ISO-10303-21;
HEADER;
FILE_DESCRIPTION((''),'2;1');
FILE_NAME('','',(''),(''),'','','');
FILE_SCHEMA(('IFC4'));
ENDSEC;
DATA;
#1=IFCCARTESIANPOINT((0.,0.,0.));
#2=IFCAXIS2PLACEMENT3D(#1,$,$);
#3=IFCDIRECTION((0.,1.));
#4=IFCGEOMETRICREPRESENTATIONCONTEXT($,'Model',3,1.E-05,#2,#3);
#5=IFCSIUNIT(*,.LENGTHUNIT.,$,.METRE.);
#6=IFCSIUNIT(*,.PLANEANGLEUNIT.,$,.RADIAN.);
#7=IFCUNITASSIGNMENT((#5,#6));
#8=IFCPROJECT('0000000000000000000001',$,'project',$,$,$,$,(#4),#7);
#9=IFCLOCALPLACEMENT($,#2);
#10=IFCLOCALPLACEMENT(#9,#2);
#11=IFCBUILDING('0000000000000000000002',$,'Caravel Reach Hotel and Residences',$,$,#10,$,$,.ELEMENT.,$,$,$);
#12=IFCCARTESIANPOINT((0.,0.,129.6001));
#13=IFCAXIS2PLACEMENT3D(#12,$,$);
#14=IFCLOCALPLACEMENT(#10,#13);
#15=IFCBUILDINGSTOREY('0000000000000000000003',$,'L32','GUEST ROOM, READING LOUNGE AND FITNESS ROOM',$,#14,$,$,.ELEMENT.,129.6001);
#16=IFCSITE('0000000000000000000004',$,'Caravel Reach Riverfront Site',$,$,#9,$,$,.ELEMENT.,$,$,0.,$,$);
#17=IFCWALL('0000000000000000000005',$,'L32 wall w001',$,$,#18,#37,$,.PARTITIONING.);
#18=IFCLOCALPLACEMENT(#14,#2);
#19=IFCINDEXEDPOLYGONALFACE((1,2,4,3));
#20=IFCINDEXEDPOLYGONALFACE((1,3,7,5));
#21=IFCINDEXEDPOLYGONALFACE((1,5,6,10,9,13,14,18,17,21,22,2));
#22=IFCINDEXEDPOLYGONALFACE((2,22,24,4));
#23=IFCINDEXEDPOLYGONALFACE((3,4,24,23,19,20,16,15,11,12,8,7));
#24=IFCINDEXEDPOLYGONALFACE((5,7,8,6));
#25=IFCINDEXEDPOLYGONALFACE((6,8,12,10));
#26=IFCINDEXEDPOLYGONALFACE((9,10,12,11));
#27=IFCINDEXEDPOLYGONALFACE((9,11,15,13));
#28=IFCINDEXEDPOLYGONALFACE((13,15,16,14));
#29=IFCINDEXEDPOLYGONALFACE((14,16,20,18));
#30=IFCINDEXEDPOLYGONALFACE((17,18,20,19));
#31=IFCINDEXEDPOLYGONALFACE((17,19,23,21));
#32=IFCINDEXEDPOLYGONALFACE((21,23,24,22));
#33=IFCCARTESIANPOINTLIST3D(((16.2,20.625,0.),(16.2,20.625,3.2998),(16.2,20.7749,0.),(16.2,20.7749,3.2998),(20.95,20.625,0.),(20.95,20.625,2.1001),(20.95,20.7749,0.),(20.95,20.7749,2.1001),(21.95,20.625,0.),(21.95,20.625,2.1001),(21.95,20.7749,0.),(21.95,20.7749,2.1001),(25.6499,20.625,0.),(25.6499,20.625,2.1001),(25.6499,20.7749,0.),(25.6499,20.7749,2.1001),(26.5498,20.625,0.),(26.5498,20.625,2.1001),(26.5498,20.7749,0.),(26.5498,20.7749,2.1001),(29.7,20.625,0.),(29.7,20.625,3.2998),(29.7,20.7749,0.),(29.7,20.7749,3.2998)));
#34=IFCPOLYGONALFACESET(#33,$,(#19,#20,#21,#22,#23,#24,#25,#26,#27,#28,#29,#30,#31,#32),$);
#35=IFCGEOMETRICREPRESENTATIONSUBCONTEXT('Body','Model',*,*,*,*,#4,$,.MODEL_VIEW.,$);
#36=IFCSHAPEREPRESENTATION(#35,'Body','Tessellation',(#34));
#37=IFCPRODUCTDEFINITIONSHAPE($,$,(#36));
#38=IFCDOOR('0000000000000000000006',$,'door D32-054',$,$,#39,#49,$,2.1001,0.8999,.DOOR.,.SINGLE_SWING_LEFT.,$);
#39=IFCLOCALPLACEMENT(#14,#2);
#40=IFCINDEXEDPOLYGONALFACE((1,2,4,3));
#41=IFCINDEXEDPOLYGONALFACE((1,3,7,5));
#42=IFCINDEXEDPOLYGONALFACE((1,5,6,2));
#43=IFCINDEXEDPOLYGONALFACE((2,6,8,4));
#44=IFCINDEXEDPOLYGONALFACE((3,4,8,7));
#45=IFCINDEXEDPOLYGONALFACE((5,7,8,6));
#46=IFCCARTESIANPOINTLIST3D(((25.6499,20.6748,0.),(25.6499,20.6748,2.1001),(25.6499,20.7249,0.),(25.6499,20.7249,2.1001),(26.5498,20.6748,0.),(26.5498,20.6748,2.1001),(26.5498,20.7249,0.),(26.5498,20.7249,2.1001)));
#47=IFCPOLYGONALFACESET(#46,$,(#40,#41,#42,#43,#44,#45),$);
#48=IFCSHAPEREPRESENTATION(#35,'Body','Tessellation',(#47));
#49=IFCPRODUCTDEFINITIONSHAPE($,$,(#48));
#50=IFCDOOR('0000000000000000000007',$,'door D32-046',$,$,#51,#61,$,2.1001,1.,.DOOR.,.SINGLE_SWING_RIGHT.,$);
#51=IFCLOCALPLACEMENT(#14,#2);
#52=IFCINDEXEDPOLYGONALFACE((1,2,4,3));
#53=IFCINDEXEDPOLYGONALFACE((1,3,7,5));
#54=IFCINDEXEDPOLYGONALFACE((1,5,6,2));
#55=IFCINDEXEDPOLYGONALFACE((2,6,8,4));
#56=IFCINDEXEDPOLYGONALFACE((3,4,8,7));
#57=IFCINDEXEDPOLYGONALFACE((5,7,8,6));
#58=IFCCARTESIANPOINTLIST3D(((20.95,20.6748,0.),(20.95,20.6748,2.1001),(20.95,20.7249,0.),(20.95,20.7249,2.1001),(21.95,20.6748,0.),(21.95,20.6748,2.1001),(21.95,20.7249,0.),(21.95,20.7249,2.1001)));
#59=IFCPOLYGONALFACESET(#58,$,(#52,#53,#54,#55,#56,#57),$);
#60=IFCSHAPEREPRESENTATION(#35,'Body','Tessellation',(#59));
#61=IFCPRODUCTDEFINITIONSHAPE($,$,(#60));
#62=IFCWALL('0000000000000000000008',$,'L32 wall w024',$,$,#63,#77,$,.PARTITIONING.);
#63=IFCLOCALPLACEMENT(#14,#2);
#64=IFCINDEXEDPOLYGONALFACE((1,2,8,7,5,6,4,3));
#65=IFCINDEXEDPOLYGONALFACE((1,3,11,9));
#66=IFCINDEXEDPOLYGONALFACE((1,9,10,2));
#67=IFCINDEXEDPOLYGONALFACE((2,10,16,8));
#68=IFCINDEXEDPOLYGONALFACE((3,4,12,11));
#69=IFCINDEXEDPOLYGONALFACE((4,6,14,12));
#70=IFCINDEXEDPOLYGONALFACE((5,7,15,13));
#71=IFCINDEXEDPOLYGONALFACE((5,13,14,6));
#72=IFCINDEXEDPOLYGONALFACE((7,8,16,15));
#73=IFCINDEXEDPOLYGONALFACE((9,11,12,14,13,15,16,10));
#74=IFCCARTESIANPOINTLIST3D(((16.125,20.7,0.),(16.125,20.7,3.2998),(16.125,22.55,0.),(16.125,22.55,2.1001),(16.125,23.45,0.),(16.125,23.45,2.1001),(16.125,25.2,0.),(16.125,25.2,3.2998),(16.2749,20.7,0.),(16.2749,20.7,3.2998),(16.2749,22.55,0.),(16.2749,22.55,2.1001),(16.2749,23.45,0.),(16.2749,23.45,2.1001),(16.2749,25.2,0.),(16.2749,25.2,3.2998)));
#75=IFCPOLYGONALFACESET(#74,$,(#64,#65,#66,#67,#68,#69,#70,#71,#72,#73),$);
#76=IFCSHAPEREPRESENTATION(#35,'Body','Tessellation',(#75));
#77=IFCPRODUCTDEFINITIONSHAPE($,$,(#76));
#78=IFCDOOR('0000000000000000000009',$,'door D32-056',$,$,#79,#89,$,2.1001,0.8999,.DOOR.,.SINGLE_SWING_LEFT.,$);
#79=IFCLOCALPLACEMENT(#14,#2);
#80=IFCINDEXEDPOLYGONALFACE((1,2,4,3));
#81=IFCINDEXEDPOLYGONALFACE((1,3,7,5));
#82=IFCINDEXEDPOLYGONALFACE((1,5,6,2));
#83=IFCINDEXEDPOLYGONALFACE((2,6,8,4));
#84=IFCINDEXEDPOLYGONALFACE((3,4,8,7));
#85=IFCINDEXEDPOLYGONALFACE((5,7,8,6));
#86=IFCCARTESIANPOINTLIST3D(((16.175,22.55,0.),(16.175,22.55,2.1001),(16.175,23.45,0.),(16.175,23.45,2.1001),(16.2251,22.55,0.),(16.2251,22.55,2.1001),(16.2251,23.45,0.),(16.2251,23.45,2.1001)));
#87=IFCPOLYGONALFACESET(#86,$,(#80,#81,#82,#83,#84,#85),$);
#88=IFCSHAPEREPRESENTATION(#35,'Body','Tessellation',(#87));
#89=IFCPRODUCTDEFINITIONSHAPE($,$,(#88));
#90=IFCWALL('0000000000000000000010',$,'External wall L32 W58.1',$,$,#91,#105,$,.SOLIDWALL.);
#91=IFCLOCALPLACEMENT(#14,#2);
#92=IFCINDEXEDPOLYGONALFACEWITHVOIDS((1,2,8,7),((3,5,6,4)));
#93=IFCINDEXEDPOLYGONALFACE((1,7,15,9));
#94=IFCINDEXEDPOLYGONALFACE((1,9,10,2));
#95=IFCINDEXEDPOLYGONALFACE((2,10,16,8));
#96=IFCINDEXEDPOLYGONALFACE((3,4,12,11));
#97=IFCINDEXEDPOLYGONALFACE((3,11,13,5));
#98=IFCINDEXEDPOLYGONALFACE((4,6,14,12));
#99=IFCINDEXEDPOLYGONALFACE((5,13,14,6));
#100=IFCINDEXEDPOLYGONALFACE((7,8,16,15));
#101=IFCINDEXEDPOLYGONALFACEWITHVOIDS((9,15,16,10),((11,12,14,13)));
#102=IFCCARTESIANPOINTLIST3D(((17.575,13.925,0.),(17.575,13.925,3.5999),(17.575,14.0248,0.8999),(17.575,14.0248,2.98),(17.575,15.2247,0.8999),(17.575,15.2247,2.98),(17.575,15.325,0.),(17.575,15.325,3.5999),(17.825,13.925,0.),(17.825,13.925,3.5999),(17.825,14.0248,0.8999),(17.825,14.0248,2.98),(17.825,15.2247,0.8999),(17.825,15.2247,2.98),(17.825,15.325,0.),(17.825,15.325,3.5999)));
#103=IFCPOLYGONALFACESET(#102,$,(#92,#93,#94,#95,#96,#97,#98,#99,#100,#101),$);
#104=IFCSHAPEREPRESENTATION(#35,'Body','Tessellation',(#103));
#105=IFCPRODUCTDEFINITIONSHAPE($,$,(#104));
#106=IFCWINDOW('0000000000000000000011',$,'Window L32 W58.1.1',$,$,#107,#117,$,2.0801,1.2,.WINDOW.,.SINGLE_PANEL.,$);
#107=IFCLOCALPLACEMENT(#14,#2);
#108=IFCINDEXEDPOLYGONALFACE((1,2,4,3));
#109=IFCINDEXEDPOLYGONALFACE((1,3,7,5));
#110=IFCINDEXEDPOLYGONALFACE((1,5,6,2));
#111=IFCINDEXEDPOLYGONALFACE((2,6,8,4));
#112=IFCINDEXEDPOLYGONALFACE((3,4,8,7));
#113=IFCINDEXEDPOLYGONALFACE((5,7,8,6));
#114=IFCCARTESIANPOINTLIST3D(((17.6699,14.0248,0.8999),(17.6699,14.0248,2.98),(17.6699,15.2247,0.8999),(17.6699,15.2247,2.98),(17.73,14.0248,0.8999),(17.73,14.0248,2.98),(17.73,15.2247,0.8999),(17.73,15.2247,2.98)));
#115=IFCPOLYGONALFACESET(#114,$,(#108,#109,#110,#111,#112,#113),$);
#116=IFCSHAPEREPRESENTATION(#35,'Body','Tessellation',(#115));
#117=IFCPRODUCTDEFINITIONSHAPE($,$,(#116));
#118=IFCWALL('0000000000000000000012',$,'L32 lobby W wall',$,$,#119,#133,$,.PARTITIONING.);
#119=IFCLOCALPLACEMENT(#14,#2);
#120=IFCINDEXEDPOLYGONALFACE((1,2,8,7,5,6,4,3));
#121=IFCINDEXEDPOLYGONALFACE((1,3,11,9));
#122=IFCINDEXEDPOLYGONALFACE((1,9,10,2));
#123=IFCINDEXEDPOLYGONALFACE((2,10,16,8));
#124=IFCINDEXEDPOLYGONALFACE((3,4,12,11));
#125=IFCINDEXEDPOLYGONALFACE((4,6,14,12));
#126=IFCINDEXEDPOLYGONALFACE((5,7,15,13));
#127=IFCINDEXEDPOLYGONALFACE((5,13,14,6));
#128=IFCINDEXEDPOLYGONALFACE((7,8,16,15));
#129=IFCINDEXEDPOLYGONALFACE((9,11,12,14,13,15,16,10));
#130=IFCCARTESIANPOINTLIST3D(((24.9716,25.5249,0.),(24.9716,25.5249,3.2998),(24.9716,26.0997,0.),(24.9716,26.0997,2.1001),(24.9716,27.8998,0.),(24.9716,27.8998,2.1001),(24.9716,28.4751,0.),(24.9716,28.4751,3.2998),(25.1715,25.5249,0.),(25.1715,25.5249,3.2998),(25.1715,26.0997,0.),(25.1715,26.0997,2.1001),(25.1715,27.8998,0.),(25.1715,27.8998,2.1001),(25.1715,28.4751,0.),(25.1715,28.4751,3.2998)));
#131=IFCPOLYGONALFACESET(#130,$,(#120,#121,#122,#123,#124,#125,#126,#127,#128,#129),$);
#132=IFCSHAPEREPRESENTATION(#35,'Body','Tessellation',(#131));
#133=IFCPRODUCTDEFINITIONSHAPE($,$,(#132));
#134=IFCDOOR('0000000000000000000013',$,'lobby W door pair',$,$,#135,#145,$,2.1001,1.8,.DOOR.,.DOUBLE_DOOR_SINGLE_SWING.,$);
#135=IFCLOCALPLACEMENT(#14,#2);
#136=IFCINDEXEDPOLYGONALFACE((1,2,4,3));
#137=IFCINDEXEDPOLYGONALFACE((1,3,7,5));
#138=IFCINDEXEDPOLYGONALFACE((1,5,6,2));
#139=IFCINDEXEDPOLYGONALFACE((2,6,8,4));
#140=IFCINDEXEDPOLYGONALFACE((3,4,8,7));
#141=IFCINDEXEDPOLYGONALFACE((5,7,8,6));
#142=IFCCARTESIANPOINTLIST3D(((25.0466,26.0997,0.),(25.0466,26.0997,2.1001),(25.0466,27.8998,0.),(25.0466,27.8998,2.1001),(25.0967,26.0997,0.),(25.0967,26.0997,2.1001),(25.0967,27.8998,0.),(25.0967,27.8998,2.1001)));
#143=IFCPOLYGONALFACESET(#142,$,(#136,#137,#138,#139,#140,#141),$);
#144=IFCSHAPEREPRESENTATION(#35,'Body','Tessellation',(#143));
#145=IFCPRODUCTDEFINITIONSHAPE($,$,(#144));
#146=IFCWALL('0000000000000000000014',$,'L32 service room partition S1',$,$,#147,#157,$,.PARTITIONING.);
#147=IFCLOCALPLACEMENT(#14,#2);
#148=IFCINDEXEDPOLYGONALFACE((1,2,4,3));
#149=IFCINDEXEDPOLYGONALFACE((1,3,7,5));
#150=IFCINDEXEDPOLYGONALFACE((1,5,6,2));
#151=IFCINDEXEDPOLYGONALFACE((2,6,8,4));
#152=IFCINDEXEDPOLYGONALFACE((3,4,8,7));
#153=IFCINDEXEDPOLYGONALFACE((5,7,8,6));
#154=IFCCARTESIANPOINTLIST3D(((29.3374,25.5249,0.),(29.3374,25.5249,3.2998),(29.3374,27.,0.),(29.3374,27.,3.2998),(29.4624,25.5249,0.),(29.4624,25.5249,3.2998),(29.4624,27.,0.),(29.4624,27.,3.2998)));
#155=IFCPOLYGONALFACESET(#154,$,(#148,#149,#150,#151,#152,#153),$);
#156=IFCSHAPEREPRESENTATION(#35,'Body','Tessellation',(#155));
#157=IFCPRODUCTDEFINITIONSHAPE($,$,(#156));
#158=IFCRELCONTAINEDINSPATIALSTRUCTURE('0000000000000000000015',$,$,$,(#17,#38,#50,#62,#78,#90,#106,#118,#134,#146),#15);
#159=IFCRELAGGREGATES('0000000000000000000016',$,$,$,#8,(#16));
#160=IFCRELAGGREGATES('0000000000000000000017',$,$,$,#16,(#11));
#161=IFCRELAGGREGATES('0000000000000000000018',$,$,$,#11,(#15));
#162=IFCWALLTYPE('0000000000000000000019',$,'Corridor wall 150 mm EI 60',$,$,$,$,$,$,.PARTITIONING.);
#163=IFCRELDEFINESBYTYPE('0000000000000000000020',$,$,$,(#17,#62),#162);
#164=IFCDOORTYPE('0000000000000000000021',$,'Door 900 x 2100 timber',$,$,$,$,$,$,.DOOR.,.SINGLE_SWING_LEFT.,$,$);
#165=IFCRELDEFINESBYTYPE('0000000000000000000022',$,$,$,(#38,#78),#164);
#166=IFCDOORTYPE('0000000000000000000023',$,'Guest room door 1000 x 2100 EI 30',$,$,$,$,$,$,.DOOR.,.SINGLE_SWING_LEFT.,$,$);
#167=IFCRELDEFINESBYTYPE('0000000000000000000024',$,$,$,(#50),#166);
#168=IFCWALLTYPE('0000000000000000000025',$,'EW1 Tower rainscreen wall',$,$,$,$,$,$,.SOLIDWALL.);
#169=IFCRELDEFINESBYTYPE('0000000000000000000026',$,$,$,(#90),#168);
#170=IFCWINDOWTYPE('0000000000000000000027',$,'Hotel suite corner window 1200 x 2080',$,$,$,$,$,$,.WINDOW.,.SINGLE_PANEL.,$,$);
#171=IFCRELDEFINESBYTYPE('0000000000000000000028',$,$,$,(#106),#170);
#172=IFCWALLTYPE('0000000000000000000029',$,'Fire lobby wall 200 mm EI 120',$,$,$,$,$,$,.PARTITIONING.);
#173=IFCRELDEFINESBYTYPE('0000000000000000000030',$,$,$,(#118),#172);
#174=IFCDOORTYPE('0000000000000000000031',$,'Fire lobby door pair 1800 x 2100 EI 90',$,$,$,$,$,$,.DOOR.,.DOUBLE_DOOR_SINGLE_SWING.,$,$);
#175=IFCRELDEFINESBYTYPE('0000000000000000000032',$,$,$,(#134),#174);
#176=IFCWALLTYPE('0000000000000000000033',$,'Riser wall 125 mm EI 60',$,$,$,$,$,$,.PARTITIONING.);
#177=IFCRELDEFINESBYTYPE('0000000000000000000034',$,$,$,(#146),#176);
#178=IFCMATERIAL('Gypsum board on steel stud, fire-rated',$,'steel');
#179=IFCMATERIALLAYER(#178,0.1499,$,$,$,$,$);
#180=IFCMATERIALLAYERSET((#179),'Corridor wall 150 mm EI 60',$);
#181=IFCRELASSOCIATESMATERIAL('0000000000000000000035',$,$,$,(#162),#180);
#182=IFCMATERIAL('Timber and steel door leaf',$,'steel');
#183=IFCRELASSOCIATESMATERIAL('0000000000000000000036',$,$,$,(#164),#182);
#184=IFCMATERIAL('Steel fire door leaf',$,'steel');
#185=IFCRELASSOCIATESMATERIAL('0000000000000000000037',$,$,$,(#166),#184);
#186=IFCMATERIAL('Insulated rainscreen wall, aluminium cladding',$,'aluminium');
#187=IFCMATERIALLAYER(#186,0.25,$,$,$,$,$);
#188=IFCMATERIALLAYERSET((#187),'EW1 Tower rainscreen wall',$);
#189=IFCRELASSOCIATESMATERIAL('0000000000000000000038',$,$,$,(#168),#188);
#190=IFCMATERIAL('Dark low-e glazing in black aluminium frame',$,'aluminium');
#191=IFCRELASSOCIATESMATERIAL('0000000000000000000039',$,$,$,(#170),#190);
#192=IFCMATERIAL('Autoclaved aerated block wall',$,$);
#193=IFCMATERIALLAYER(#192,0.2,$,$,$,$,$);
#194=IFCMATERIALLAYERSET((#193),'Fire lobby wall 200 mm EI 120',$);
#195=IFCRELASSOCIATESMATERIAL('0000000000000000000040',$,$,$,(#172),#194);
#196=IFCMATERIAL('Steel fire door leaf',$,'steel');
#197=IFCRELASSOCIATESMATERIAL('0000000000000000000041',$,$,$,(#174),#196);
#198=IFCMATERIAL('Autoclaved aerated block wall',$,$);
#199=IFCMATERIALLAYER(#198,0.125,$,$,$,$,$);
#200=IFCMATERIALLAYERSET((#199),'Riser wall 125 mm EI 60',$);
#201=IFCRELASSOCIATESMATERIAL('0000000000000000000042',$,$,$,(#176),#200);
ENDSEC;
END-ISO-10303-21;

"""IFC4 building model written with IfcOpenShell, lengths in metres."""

from ifc_helpers import new_model, si_unit, direction, frame, frame_2d, origin, place, context, subcontext, project, spatial, rectangle, extrude, material, layer, layer_set, type_object, element, fill, save


model = new_model("IFC4")

# Units and contexts
model_context = context("Model", 3, precision=1e-05, world=origin(), true_north=direction((0.0, 1.0)))
body_context = subcontext(model_context, "Body", "Model", "MODEL_VIEW")
ifc_project = project(units=[si_unit("LENGTHUNIT", "METRE"), si_unit("PLANEANGLEUNIT", "RADIAN")], contexts=[model_context])

# Site, building, storey
site_placement = place(None, origin())
site = spatial("IfcSite", under=ifc_project, at=site_placement, Name="Caravel Reach Riverfront Site", CompositionType="ELEMENT", RefElevation=0.0)
building_placement = place(site_placement, origin())
building = spatial("IfcBuilding", under=site, at=building_placement, Name="Caravel Reach Hotel and Residences", CompositionType="ELEMENT")
storey_placement = place(building_placement, frame((0.0, 0.0, 129.6001)))
storey = spatial("IfcBuildingStorey", under=building, at=storey_placement, Name="L32", Description="GUEST ROOM, READING LOUNGE AND FITNESS ROOM", CompositionType="ELEMENT", Elevation=129.6001)

# Wall, openings, doors
ifc_material_1 = material(Name="Gypsum board on steel stud, fire-rated", Category="steel")
ifc_layer_1 = layer(ifc_material_1, 0.1499)
ifc_layer_set_1 = layer_set([ifc_layer_1], Name="Corridor wall 150 mm EI 60")
wall_type_1 = type_object("IfcWallType", Name="Corridor wall 150 mm EI 60", PredefinedType="PARTITIONING", material=ifc_layer_set_1)
wall_1_placement = place(storey_placement, frame((16.2, 20.7, 0.0), z_axis=(0.0, 0.0, 1.0), x_axis=(1.0, 0.0, 0.0)))
wall_1 = element("IfcWall", 1, at=wall_1_placement, inside=storey, type_object=wall_type_1, Name="L32 wall w001", PredefinedType="PARTITIONING", context=body_context, shape_type="SweptSolid", body=[
    extrude(rectangle(XDim=13.5, YDim=0.1499, at=frame_2d((6.75, 0.0))), origin(), (0.0, 0.0, 1.0), 3.2998),
])
opening_1_placement = place(wall_1_placement, frame((4.75, 0.0, 0.0)))
opening_1 = element("IfcOpeningElement", 2, at=opening_1_placement, cuts=wall_1, PredefinedType="OPENING", context=body_context, shape_type="SweptSolid", body=[
    extrude(rectangle(XDim=1.0, YDim=2.1001, at=frame_2d((0.5, 1.05))), frame((0.0, 0.085, 0.0), z_axis=(0.0, -1.0, 0.0), x_axis=(1.0, 0.0, 0.0)), (0.0, 0.0, 1.0), 0.1699),
])
opening_2_placement = place(wall_1_placement, frame((9.45, 0.0, 0.0)))
opening_2 = element("IfcOpeningElement", 3, at=opening_2_placement, cuts=wall_1, PredefinedType="OPENING", context=body_context, shape_type="SweptSolid", body=[
    extrude(rectangle(XDim=0.8999, YDim=2.1001, at=frame_2d((0.45, 1.05))), frame((0.0, 0.085, 0.0), z_axis=(0.0, -1.0, 0.0), x_axis=(1.0, 0.0, 0.0)), (0.0, 0.0, 1.0), 0.1699),
])
ifc_material_2 = material(Name="Timber and steel door leaf", Category="steel")
door_type_1 = type_object("IfcDoorType", Name="Door 900 x 2100 timber", OperationType="SINGLE_SWING_LEFT", PredefinedType="DOOR", material=ifc_material_2)
door_1_placement = place(opening_2_placement, origin())
door_1 = element("IfcDoor", 4, at=door_1_placement, inside=storey, type_object=door_type_1, Name="door D32-054", OperationType="SINGLE_SWING_LEFT", OverallHeight=2.1001, OverallWidth=0.8999, PredefinedType="DOOR", context=body_context, shape_type="SweptSolid", body=[
    extrude(rectangle(XDim=0.8999, YDim=2.1001, at=frame_2d((0.45, 1.05))), frame((0.0, 0.0249, 0.0), z_axis=(0.0, -1.0, 0.0), x_axis=(1.0, 0.0, 0.0)), (0.0, 0.0, 1.0), 0.05),
])
fill(opening_2, door_1)
ifc_material_3 = material(Name="Steel fire door leaf", Category="steel")
door_type_2 = type_object("IfcDoorType", Name="Guest room door 1000 x 2100 EI 30", OperationType="SINGLE_SWING_LEFT", PredefinedType="DOOR", material=ifc_material_3)
door_2_placement = place(opening_1_placement, origin())
door_2 = element("IfcDoor", 5, at=door_2_placement, inside=storey, type_object=door_type_2, Name="door D32-046", OperationType="SINGLE_SWING_RIGHT", OverallHeight=2.1001, OverallWidth=1.0, PredefinedType="DOOR", context=body_context, shape_type="SweptSolid", body=[
    extrude(rectangle(XDim=1.0, YDim=2.1001, at=frame_2d((0.5, 1.05))), frame((0.0, 0.0249, 0.0), z_axis=(0.0, -1.0, 0.0), x_axis=(1.0, 0.0, 0.0)), (0.0, 0.0, 1.0), 0.05),
])
fill(opening_1, door_2)

# Wall, opening, door
wall_2_placement = place(storey_placement, frame((16.2, 20.7, 0.0), z_axis=(0.0, 0.0, 1.0), x_axis=(0.0, 1.0, 0.0)))
wall_2 = element("IfcWall", 6, at=wall_2_placement, inside=storey, type_object=wall_type_1, Name="L32 wall w024", PredefinedType="PARTITIONING", context=body_context, shape_type="SweptSolid", body=[
    extrude(rectangle(XDim=4.5, YDim=0.1499, at=frame_2d((2.25, 0.0))), origin(), (0.0, 0.0, 1.0), 3.2998),
])
opening_3_placement = place(wall_2_placement, frame((1.8501, 0.0, 0.0)))
opening_3 = element("IfcOpeningElement", 7, at=opening_3_placement, cuts=wall_2, PredefinedType="OPENING", context=body_context, shape_type="SweptSolid", body=[
    extrude(rectangle(XDim=0.8999, YDim=2.1001, at=frame_2d((0.45, 1.05))), frame((0.0, 0.085, 0.0), z_axis=(0.0, -1.0, 0.0), x_axis=(1.0, 0.0, 0.0)), (0.0, 0.0, 1.0), 0.1699),
])
door_3_placement = place(opening_3_placement, origin())
door_3 = element("IfcDoor", 8, at=door_3_placement, inside=storey, type_object=door_type_1, Name="door D32-056", OperationType="SINGLE_SWING_LEFT", OverallHeight=2.1001, OverallWidth=0.8999, PredefinedType="DOOR", context=body_context, shape_type="SweptSolid", body=[
    extrude(rectangle(XDim=0.8999, YDim=2.1001, at=frame_2d((0.45, 1.05))), frame((0.0, 0.0249, 0.0), z_axis=(0.0, -1.0, 0.0), x_axis=(1.0, 0.0, 0.0)), (0.0, 0.0, 1.0), 0.05),
])
fill(opening_3, door_3)

# Wall, opening, window
ifc_material_4 = material(Name="Insulated rainscreen wall, aluminium cladding", Category="aluminium")
ifc_layer_2 = layer(ifc_material_4, 0.25)
ifc_layer_set_2 = layer_set([ifc_layer_2], Name="EW1 Tower rainscreen wall")
wall_type_2 = type_object("IfcWallType", Name="EW1 Tower rainscreen wall", PredefinedType="SOLIDWALL", material=ifc_layer_set_2)
wall_3_placement = place(storey_placement, frame((17.7, 15.325, 0.0), z_axis=(0.0, 0.0, 1.0), x_axis=(0.0, -1.0, 0.0)))
wall_3 = element("IfcWall", 9, at=wall_3_placement, inside=storey, type_object=wall_type_2, Name="External wall L32 W58.1", PredefinedType="SOLIDWALL", context=body_context, shape_type="SweptSolid", body=[
    extrude(rectangle(XDim=1.3999, YDim=0.25, at=frame_2d((0.7, 0.0))), origin(), (0.0, 0.0, 1.0), 3.5999),
])
opening_4_placement = place(wall_3_placement, frame((0.1001, 0.0, 0.8999)))
opening_4 = element("IfcOpeningElement", 10, at=opening_4_placement, cuts=wall_3, PredefinedType="OPENING", context=body_context, shape_type="SweptSolid", body=[
    extrude(rectangle(XDim=1.2, YDim=2.0801, at=frame_2d((0.6001, 1.04))), frame((0.0, 0.135, 0.0), z_axis=(0.0, -1.0, 0.0), x_axis=(1.0, 0.0, 0.0)), (0.0, 0.0, 1.0), 0.27),
])
ifc_material_5 = material(Name="Dark low-e glazing in black aluminium frame", Category="aluminium")
window_type = type_object("IfcWindowType", Name="Hotel suite corner window 1200 x 2080", PartitioningType="SINGLE_PANEL", PredefinedType="WINDOW", material=ifc_material_5)
window_placement = place(opening_4_placement, origin())
window = element("IfcWindow", 11, at=window_placement, inside=storey, type_object=window_type, Name="Window L32 W58.1.1", OverallHeight=2.0801, OverallWidth=1.2, PartitioningType="SINGLE_PANEL", PredefinedType="WINDOW", context=body_context, shape_type="SweptSolid", body=[
    extrude(rectangle(XDim=1.2, YDim=2.0801, at=frame_2d((0.6001, 1.04))), frame((0.0, 0.03, 0.0), z_axis=(0.0, -1.0, 0.0), x_axis=(1.0, 0.0, 0.0)), (0.0, 0.0, 1.0), 0.0601),
])
fill(opening_4, window)

# Wall, opening, door
ifc_material_6 = material(Name="Autoclaved aerated block wall")
ifc_layer_3 = layer(ifc_material_6, 0.2)
ifc_layer_set_3 = layer_set([ifc_layer_3], Name="Fire lobby wall 200 mm EI 120")
wall_type_3 = type_object("IfcWallType", Name="Fire lobby wall 200 mm EI 120", PredefinedType="PARTITIONING", material=ifc_layer_set_3)
wall_4_placement = place(storey_placement, frame((25.0715, 25.5249, 0.0), z_axis=(0.0, 0.0, 1.0), x_axis=(0.0, 1.0, 0.0)))
wall_4 = element("IfcWall", 12, at=wall_4_placement, inside=storey, type_object=wall_type_3, Name="L32 lobby W wall", PredefinedType="PARTITIONING", context=body_context, shape_type="SweptSolid", body=[
    extrude(rectangle(XDim=2.9502, YDim=0.2, at=frame_2d((1.4751, 0.0))), origin(), (0.0, 0.0, 1.0), 3.2998),
])
opening_5_placement = place(wall_4_placement, frame((0.575, 0.0, 0.0)))
opening_5 = element("IfcOpeningElement", 13, at=opening_5_placement, cuts=wall_4, PredefinedType="OPENING", context=body_context, shape_type="SweptSolid", body=[
    extrude(rectangle(XDim=1.8, YDim=2.1001, at=frame_2d((0.8999, 1.05))), frame((0.0, 0.1099, 0.0), z_axis=(0.0, -1.0, 0.0), x_axis=(1.0, 0.0, 0.0)), (0.0, 0.0, 1.0), 0.22),
])
ifc_material_7 = material(Name="Steel fire door leaf", Category="steel")
door_type_3 = type_object("IfcDoorType", Name="Fire lobby door pair 1800 x 2100 EI 90", OperationType="DOUBLE_DOOR_SINGLE_SWING", PredefinedType="DOOR", material=ifc_material_7)
door_4_placement = place(opening_5_placement, origin())
door_4 = element("IfcDoor", 14, at=door_4_placement, inside=storey, type_object=door_type_3, Name="lobby W door pair", OperationType="DOUBLE_DOOR_SINGLE_SWING", OverallHeight=2.1001, OverallWidth=1.8, PredefinedType="DOOR", context=body_context, shape_type="SweptSolid", body=[
    extrude(rectangle(XDim=1.8, YDim=2.1001, at=frame_2d((0.8999, 1.05))), frame((0.0, 0.0249, 0.0), z_axis=(0.0, -1.0, 0.0), x_axis=(1.0, 0.0, 0.0)), (0.0, 0.0, 1.0), 0.05),
])
fill(opening_5, door_4)

# Wall
ifc_material_8 = material(Name="Autoclaved aerated block wall")
ifc_layer_4 = layer(ifc_material_8, 0.125)
ifc_layer_set_4 = layer_set([ifc_layer_4], Name="Riser wall 125 mm EI 60")
wall_type_4 = type_object("IfcWallType", Name="Riser wall 125 mm EI 60", PredefinedType="PARTITIONING", material=ifc_layer_set_4)
wall_5_placement = place(storey_placement, frame((29.3999, 25.5249, 0.0), z_axis=(0.0, 0.0, 1.0), x_axis=(0.0, 1.0, 0.0)))
element("IfcWall", 15, at=wall_5_placement, inside=storey, type_object=wall_type_4, Name="L32 service room partition S1", PredefinedType="PARTITIONING", context=body_context, shape_type="SweptSolid", body=[
    extrude(rectangle(XDim=1.4751, YDim=0.125, at=frame_2d((0.7375, 0.0))), origin(), (0.0, 0.0, 1.0), 3.2998),
])

save(model, "model.ifc")
